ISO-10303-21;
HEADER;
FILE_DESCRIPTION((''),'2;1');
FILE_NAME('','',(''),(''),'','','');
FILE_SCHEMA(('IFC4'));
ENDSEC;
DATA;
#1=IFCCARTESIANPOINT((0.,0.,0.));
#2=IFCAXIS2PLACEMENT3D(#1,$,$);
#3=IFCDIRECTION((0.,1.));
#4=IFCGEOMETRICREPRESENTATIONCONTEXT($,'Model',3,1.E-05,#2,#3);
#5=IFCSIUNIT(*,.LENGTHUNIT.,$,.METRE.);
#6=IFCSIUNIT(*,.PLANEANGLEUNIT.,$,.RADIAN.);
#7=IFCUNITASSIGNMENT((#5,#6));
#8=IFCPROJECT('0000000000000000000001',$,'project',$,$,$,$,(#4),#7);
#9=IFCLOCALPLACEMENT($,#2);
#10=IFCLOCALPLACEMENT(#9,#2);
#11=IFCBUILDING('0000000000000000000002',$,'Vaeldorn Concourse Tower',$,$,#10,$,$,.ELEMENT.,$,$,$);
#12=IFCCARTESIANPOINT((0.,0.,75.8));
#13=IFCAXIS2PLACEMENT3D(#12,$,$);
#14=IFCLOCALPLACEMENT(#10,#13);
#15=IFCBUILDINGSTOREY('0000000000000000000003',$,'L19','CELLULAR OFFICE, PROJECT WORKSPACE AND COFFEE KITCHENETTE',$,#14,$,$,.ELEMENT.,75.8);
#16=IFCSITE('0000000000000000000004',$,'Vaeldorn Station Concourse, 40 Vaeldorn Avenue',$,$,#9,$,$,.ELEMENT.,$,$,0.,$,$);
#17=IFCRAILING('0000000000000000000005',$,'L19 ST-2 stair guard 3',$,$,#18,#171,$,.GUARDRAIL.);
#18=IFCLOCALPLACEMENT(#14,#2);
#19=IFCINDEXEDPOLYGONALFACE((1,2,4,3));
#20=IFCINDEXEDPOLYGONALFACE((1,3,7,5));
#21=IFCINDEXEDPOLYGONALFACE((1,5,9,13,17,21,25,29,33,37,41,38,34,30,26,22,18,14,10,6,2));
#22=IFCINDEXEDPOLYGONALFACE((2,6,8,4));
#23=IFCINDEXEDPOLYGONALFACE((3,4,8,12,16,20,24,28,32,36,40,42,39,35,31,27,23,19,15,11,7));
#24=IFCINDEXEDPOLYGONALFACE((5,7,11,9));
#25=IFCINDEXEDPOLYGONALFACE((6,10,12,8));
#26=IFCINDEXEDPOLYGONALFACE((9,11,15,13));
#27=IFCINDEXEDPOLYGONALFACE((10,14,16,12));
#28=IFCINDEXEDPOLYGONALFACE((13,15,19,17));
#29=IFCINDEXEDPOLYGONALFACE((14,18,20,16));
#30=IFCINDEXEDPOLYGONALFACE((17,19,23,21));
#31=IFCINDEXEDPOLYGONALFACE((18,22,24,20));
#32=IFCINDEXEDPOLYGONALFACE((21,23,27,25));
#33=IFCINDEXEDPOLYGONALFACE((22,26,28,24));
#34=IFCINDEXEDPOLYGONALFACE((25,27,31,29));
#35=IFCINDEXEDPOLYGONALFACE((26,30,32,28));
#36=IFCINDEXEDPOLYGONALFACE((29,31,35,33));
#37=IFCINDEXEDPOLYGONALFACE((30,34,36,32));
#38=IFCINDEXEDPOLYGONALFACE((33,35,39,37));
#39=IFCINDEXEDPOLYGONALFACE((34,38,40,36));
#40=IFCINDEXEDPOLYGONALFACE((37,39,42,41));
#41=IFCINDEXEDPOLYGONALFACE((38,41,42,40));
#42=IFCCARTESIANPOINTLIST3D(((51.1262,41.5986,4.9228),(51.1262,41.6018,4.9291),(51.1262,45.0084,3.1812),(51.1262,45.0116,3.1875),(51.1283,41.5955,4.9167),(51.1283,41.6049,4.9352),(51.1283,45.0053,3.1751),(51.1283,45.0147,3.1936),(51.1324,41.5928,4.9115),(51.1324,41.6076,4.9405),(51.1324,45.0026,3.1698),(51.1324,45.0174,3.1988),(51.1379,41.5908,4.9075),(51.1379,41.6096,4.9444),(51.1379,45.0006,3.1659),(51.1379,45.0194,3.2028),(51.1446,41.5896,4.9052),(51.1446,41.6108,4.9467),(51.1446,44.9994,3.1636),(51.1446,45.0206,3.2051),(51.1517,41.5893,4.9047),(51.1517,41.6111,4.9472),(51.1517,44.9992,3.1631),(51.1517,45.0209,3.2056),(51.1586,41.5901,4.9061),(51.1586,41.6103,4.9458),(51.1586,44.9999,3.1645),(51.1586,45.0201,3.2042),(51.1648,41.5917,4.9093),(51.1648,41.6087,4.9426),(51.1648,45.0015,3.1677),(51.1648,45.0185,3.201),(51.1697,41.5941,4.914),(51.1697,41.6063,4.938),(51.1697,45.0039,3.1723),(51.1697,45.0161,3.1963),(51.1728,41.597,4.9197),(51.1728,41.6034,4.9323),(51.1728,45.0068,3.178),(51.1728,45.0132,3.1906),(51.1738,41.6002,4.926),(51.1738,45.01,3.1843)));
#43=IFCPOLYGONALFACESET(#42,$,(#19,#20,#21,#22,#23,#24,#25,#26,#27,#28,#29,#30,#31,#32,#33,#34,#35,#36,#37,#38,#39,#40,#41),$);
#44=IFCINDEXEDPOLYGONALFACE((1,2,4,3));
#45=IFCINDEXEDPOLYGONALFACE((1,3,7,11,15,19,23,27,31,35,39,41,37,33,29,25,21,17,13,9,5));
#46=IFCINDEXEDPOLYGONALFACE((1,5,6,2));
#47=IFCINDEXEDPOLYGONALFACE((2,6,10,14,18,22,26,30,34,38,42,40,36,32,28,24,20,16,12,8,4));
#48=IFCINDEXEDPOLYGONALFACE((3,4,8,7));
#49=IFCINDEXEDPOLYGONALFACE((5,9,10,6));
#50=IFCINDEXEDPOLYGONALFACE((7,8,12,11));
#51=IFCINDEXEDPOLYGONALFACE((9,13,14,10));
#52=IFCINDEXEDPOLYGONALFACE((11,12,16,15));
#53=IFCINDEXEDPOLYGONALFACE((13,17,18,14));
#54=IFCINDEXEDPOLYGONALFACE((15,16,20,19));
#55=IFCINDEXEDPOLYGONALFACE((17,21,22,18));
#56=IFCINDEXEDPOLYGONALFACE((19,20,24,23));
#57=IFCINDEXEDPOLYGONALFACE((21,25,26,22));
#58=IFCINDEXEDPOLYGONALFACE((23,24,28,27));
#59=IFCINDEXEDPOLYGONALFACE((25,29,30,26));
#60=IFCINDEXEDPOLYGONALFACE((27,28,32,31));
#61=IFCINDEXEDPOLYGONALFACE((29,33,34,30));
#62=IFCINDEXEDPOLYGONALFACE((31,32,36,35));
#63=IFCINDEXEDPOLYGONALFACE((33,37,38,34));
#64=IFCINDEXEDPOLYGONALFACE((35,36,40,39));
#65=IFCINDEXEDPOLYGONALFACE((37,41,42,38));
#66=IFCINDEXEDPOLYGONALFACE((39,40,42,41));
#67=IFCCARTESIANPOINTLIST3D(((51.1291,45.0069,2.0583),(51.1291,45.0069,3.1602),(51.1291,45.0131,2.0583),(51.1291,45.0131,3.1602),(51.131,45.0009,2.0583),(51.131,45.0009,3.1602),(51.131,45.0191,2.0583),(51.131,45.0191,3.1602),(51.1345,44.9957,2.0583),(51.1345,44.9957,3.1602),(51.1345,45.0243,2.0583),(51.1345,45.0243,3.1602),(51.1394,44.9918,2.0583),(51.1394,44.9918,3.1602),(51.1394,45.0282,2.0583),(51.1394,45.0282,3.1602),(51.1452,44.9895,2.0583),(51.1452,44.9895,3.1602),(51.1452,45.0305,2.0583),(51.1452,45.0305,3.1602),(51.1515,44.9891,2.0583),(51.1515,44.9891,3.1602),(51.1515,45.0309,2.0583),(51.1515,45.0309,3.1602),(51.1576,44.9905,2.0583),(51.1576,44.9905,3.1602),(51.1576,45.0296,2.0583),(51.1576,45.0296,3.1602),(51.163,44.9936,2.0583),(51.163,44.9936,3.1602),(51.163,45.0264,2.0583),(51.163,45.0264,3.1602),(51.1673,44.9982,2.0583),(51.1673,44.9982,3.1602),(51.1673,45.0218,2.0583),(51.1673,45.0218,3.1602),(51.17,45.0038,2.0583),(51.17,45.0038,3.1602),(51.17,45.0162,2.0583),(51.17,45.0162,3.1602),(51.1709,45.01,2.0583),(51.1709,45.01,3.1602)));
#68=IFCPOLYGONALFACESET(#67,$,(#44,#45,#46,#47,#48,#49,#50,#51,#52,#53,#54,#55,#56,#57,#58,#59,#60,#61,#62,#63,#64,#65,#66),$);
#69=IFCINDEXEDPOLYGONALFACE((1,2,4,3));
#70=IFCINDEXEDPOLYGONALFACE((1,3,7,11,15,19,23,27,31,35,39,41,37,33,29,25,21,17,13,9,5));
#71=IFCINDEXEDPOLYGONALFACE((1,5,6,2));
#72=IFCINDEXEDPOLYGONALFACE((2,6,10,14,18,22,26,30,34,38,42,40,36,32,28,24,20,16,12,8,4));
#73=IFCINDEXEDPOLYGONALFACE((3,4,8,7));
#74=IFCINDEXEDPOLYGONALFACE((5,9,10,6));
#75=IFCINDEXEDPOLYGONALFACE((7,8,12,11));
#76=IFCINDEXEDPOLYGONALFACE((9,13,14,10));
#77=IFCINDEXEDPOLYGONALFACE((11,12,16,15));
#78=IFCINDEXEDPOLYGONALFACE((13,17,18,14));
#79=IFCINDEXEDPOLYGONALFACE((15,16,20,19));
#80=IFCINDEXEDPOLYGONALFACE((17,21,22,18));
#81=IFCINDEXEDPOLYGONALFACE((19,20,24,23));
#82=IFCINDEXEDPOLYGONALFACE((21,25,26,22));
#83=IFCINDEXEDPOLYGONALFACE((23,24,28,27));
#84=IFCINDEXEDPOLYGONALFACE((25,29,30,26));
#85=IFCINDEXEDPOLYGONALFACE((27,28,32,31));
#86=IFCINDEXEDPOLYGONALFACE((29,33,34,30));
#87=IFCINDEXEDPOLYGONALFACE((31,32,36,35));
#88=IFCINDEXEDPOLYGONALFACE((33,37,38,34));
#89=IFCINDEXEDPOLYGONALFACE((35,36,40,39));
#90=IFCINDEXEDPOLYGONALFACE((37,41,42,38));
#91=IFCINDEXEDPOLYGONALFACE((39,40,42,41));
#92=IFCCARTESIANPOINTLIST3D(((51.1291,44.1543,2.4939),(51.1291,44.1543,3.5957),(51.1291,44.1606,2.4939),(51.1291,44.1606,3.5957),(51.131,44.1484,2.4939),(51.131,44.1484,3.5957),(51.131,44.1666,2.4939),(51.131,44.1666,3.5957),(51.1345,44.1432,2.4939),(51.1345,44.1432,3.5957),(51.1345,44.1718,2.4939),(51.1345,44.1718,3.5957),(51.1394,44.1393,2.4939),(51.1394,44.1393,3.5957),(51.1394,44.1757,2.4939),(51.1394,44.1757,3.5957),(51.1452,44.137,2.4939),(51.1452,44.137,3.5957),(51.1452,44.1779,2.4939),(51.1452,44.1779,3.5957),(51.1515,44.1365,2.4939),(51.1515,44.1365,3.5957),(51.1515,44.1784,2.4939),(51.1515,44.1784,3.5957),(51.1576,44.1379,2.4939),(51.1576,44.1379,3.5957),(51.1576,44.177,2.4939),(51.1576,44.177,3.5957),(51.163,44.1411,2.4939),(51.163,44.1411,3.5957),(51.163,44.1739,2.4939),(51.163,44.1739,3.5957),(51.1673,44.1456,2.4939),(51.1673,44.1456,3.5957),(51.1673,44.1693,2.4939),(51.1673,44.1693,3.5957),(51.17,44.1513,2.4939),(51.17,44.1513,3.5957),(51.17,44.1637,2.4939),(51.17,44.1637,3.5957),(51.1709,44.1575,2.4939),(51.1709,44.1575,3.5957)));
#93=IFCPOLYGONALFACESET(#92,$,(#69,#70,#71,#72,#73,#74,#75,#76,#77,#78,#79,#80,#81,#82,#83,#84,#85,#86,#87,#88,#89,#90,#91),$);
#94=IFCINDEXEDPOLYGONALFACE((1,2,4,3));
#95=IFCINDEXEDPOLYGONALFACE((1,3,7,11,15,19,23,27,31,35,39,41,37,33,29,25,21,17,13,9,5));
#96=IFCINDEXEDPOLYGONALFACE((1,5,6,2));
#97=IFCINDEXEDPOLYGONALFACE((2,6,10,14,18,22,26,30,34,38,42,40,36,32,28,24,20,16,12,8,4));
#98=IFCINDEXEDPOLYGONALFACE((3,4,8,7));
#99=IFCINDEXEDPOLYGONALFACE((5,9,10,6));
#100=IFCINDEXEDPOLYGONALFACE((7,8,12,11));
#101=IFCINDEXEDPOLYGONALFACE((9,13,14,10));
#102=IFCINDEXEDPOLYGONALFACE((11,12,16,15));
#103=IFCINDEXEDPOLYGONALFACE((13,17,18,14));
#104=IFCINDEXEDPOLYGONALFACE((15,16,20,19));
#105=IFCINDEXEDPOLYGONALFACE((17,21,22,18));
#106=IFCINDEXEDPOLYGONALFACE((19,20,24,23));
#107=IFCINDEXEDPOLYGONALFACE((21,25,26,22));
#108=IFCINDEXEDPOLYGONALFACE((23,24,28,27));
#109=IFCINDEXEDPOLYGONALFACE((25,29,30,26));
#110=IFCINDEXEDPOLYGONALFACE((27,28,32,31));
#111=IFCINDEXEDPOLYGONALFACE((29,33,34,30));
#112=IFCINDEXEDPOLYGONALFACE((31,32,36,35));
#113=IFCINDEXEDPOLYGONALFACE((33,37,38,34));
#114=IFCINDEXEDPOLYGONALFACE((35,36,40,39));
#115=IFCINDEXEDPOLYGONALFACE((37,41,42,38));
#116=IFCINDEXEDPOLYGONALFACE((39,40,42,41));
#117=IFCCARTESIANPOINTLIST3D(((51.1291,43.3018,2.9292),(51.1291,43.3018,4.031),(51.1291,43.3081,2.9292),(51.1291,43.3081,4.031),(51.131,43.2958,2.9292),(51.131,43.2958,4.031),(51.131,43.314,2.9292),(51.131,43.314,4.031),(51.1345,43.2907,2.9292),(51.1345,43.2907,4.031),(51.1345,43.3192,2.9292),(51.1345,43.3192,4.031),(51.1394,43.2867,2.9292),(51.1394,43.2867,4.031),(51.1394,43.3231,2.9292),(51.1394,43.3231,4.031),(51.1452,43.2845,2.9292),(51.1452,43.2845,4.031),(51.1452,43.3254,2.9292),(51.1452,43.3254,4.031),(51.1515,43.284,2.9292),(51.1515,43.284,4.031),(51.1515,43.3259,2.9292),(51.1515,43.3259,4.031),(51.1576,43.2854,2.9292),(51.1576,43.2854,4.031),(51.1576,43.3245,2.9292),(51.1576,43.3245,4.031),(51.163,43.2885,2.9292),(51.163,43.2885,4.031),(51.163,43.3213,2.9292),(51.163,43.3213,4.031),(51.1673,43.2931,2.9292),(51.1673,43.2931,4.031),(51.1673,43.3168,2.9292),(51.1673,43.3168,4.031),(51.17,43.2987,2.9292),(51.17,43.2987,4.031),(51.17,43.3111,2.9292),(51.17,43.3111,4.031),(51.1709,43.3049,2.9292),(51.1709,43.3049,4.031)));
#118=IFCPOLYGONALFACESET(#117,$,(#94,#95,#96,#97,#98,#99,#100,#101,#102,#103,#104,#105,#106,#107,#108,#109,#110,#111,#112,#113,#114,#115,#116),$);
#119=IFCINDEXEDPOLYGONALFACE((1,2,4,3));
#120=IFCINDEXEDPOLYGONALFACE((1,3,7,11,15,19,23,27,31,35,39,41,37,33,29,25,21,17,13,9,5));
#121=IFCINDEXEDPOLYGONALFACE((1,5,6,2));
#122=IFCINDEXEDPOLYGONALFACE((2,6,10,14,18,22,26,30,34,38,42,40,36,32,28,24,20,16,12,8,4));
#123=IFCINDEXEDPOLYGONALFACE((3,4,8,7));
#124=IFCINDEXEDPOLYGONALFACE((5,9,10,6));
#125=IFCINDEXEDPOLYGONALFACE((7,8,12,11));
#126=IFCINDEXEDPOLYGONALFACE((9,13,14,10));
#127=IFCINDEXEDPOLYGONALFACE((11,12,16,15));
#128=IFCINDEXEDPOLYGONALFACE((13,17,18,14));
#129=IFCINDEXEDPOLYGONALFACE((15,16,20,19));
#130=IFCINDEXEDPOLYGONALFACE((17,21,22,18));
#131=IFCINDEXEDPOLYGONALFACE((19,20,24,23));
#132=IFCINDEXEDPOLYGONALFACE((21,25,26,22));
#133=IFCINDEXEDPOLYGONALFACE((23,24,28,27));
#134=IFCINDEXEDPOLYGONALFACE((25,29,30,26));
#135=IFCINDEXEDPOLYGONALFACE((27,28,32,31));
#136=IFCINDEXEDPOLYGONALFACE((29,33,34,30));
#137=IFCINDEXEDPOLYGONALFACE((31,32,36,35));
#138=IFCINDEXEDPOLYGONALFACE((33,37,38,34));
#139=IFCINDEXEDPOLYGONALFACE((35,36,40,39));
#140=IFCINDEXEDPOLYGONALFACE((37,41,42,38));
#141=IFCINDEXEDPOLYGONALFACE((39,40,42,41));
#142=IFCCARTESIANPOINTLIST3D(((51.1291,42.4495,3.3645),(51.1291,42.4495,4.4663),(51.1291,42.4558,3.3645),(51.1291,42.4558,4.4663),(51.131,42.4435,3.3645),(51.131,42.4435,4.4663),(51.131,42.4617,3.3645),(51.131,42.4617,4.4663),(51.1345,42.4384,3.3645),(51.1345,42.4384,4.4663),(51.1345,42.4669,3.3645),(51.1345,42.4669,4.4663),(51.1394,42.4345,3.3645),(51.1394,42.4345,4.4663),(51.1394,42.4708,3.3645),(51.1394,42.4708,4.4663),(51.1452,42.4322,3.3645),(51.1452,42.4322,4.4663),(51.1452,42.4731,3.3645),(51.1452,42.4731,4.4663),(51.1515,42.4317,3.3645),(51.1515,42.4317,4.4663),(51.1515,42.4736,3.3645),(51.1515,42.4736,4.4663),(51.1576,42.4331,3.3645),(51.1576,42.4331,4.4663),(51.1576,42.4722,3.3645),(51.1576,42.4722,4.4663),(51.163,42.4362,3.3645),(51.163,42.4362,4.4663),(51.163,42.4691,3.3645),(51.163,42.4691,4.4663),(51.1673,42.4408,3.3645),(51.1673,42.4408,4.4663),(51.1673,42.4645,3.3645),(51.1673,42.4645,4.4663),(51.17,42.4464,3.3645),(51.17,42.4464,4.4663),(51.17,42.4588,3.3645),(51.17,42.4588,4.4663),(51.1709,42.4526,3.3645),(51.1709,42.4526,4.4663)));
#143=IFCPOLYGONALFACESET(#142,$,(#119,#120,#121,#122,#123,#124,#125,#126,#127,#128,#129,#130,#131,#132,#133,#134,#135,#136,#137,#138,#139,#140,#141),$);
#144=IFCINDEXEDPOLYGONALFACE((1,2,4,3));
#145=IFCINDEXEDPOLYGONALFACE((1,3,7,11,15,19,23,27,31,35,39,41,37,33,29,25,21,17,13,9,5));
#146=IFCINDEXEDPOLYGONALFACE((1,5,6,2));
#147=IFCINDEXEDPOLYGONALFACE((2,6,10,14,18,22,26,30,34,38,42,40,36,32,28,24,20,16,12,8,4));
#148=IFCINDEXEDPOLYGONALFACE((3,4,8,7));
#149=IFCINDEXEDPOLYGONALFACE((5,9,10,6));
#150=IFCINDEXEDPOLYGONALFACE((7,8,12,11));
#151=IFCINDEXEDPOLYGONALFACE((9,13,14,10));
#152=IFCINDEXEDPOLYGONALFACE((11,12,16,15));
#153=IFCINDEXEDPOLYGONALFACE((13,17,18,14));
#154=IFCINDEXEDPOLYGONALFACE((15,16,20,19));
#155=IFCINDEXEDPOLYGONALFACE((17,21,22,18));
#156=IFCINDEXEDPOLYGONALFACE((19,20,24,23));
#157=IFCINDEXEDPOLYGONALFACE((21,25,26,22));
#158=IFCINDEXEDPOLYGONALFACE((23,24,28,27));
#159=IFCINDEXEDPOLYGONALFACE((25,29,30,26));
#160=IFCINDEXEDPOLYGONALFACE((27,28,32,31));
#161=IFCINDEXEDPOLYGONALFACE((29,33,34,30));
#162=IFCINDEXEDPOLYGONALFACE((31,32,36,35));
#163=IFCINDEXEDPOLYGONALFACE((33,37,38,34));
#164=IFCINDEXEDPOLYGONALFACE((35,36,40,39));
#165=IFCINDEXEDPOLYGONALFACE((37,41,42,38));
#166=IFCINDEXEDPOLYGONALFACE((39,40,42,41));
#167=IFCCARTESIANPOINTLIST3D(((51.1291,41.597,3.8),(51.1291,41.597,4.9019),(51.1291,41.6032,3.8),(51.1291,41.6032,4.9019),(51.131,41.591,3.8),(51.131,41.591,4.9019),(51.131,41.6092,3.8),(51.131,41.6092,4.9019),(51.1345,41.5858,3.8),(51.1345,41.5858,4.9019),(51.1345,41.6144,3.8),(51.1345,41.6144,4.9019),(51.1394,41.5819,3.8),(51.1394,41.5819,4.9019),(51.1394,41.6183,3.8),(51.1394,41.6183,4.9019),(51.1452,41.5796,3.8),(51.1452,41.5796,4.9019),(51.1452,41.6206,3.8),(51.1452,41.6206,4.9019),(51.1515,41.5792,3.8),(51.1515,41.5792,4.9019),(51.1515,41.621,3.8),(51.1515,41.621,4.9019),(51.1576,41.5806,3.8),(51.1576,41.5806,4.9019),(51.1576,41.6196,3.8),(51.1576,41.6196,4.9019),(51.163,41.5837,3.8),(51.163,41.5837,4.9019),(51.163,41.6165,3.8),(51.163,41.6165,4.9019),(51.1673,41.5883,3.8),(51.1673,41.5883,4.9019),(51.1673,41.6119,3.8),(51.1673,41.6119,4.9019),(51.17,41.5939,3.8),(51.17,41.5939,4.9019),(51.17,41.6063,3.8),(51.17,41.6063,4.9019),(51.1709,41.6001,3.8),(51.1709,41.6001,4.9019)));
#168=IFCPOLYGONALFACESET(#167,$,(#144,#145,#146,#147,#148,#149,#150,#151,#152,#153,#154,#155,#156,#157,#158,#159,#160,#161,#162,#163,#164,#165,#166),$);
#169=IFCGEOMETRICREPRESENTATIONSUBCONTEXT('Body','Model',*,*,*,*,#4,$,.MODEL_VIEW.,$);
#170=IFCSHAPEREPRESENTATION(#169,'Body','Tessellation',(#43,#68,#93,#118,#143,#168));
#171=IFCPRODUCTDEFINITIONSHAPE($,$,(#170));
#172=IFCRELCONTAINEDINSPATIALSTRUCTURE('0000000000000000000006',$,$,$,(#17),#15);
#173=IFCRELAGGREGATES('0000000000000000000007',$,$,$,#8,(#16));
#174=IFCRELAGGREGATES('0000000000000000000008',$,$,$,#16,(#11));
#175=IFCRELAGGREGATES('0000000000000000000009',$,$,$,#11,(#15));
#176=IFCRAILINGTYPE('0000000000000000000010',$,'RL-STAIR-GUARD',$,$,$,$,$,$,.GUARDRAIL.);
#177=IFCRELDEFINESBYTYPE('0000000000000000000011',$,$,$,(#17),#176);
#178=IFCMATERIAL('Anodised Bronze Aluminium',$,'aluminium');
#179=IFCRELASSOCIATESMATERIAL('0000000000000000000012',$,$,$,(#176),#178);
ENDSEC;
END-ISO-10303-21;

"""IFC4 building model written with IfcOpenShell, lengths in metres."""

from ifc_helpers import new_model, si_unit, direction, frame, origin, origin_2d, place, context, subcontext, project, spatial, circle, extrude, material, type_object, element, save


model = new_model("IFC4")

# Units and contexts
model_context = context("Model", 3, precision=1e-05, world=origin(), true_north=direction((0.0, 1.0)))
body_context = subcontext(model_context, "Body", "Model", "MODEL_VIEW")
ifc_project = project(units=[si_unit("LENGTHUNIT", "METRE"), si_unit("PLANEANGLEUNIT", "RADIAN")], contexts=[model_context])

# Site, building, storey
site_placement = place(None, origin())
site = spatial("IfcSite", under=ifc_project, at=site_placement, Name="Vaeldorn Station Concourse, 40 Vaeldorn Avenue", CompositionType="ELEMENT", RefElevation=0.0)
building_placement = place(site_placement, origin())
building = spatial("IfcBuilding", under=site, at=building_placement, Name="Vaeldorn Concourse Tower", CompositionType="ELEMENT")
storey_placement = place(building_placement, frame((0.0, 0.0, 75.8)))
storey = spatial("IfcBuildingStorey", under=building, at=storey_placement, Name="L19", Description="CELLULAR OFFICE, PROJECT WORKSPACE AND COFFEE KITCHENETTE", CompositionType="ELEMENT", Elevation=75.8)

# Shared definitions
ifc_material_1 = material(Name="Anodised Bronze Aluminium", Category="aluminium")

# Railing
railing_type_1 = type_object("IfcRailingType", Name="RL-STAIR-GUARD", PredefinedType="GUARDRAIL", material=ifc_material_1)
railing_1_placement = place(storey_placement, frame((51.1499, 45.01, 2.0583)))
element("IfcRailing", 1, at=railing_1_placement, inside=storey, type_object=railing_type_1, Name="L19 ST-2 stair guard 3", PredefinedType="GUARDRAIL", context=body_context, shape_type="SweptSolid", body=[
    extrude(circle(Radius=0.0239, at=origin_2d()), frame((0.0, 0.0, 1.126), z_axis=(0.0, -0.890556, 0.454874), x_axis=(1.0, 0.0, 0.0)), (0.0, 0.0, 1.0), 3.8289),
    extrude(circle(Radius=0.021, at=origin_2d()), origin(), (0.0, 0.0, 1.0), 1.1018),
    extrude(circle(Radius=0.021, at=origin_2d()), frame((0.0, -0.8525, 0.4355)), (0.0, 0.0, 1.0), 1.1018),
    extrude(circle(Radius=0.021, at=origin_2d()), frame((0.0, -1.7051, 0.8708)), (0.0, 0.0, 1.0), 1.1018),
    extrude(circle(Radius=0.021, at=origin_2d()), frame((0.0, -2.5574, 1.3062)), (0.0, 0.0, 1.0), 1.1018),
    extrude(circle(Radius=0.021, at=origin_2d()), frame((0.0, -3.4099, 1.7417)), (0.0, 0.0, 1.0), 1.1018),
])

save(model, "model.ifc")
